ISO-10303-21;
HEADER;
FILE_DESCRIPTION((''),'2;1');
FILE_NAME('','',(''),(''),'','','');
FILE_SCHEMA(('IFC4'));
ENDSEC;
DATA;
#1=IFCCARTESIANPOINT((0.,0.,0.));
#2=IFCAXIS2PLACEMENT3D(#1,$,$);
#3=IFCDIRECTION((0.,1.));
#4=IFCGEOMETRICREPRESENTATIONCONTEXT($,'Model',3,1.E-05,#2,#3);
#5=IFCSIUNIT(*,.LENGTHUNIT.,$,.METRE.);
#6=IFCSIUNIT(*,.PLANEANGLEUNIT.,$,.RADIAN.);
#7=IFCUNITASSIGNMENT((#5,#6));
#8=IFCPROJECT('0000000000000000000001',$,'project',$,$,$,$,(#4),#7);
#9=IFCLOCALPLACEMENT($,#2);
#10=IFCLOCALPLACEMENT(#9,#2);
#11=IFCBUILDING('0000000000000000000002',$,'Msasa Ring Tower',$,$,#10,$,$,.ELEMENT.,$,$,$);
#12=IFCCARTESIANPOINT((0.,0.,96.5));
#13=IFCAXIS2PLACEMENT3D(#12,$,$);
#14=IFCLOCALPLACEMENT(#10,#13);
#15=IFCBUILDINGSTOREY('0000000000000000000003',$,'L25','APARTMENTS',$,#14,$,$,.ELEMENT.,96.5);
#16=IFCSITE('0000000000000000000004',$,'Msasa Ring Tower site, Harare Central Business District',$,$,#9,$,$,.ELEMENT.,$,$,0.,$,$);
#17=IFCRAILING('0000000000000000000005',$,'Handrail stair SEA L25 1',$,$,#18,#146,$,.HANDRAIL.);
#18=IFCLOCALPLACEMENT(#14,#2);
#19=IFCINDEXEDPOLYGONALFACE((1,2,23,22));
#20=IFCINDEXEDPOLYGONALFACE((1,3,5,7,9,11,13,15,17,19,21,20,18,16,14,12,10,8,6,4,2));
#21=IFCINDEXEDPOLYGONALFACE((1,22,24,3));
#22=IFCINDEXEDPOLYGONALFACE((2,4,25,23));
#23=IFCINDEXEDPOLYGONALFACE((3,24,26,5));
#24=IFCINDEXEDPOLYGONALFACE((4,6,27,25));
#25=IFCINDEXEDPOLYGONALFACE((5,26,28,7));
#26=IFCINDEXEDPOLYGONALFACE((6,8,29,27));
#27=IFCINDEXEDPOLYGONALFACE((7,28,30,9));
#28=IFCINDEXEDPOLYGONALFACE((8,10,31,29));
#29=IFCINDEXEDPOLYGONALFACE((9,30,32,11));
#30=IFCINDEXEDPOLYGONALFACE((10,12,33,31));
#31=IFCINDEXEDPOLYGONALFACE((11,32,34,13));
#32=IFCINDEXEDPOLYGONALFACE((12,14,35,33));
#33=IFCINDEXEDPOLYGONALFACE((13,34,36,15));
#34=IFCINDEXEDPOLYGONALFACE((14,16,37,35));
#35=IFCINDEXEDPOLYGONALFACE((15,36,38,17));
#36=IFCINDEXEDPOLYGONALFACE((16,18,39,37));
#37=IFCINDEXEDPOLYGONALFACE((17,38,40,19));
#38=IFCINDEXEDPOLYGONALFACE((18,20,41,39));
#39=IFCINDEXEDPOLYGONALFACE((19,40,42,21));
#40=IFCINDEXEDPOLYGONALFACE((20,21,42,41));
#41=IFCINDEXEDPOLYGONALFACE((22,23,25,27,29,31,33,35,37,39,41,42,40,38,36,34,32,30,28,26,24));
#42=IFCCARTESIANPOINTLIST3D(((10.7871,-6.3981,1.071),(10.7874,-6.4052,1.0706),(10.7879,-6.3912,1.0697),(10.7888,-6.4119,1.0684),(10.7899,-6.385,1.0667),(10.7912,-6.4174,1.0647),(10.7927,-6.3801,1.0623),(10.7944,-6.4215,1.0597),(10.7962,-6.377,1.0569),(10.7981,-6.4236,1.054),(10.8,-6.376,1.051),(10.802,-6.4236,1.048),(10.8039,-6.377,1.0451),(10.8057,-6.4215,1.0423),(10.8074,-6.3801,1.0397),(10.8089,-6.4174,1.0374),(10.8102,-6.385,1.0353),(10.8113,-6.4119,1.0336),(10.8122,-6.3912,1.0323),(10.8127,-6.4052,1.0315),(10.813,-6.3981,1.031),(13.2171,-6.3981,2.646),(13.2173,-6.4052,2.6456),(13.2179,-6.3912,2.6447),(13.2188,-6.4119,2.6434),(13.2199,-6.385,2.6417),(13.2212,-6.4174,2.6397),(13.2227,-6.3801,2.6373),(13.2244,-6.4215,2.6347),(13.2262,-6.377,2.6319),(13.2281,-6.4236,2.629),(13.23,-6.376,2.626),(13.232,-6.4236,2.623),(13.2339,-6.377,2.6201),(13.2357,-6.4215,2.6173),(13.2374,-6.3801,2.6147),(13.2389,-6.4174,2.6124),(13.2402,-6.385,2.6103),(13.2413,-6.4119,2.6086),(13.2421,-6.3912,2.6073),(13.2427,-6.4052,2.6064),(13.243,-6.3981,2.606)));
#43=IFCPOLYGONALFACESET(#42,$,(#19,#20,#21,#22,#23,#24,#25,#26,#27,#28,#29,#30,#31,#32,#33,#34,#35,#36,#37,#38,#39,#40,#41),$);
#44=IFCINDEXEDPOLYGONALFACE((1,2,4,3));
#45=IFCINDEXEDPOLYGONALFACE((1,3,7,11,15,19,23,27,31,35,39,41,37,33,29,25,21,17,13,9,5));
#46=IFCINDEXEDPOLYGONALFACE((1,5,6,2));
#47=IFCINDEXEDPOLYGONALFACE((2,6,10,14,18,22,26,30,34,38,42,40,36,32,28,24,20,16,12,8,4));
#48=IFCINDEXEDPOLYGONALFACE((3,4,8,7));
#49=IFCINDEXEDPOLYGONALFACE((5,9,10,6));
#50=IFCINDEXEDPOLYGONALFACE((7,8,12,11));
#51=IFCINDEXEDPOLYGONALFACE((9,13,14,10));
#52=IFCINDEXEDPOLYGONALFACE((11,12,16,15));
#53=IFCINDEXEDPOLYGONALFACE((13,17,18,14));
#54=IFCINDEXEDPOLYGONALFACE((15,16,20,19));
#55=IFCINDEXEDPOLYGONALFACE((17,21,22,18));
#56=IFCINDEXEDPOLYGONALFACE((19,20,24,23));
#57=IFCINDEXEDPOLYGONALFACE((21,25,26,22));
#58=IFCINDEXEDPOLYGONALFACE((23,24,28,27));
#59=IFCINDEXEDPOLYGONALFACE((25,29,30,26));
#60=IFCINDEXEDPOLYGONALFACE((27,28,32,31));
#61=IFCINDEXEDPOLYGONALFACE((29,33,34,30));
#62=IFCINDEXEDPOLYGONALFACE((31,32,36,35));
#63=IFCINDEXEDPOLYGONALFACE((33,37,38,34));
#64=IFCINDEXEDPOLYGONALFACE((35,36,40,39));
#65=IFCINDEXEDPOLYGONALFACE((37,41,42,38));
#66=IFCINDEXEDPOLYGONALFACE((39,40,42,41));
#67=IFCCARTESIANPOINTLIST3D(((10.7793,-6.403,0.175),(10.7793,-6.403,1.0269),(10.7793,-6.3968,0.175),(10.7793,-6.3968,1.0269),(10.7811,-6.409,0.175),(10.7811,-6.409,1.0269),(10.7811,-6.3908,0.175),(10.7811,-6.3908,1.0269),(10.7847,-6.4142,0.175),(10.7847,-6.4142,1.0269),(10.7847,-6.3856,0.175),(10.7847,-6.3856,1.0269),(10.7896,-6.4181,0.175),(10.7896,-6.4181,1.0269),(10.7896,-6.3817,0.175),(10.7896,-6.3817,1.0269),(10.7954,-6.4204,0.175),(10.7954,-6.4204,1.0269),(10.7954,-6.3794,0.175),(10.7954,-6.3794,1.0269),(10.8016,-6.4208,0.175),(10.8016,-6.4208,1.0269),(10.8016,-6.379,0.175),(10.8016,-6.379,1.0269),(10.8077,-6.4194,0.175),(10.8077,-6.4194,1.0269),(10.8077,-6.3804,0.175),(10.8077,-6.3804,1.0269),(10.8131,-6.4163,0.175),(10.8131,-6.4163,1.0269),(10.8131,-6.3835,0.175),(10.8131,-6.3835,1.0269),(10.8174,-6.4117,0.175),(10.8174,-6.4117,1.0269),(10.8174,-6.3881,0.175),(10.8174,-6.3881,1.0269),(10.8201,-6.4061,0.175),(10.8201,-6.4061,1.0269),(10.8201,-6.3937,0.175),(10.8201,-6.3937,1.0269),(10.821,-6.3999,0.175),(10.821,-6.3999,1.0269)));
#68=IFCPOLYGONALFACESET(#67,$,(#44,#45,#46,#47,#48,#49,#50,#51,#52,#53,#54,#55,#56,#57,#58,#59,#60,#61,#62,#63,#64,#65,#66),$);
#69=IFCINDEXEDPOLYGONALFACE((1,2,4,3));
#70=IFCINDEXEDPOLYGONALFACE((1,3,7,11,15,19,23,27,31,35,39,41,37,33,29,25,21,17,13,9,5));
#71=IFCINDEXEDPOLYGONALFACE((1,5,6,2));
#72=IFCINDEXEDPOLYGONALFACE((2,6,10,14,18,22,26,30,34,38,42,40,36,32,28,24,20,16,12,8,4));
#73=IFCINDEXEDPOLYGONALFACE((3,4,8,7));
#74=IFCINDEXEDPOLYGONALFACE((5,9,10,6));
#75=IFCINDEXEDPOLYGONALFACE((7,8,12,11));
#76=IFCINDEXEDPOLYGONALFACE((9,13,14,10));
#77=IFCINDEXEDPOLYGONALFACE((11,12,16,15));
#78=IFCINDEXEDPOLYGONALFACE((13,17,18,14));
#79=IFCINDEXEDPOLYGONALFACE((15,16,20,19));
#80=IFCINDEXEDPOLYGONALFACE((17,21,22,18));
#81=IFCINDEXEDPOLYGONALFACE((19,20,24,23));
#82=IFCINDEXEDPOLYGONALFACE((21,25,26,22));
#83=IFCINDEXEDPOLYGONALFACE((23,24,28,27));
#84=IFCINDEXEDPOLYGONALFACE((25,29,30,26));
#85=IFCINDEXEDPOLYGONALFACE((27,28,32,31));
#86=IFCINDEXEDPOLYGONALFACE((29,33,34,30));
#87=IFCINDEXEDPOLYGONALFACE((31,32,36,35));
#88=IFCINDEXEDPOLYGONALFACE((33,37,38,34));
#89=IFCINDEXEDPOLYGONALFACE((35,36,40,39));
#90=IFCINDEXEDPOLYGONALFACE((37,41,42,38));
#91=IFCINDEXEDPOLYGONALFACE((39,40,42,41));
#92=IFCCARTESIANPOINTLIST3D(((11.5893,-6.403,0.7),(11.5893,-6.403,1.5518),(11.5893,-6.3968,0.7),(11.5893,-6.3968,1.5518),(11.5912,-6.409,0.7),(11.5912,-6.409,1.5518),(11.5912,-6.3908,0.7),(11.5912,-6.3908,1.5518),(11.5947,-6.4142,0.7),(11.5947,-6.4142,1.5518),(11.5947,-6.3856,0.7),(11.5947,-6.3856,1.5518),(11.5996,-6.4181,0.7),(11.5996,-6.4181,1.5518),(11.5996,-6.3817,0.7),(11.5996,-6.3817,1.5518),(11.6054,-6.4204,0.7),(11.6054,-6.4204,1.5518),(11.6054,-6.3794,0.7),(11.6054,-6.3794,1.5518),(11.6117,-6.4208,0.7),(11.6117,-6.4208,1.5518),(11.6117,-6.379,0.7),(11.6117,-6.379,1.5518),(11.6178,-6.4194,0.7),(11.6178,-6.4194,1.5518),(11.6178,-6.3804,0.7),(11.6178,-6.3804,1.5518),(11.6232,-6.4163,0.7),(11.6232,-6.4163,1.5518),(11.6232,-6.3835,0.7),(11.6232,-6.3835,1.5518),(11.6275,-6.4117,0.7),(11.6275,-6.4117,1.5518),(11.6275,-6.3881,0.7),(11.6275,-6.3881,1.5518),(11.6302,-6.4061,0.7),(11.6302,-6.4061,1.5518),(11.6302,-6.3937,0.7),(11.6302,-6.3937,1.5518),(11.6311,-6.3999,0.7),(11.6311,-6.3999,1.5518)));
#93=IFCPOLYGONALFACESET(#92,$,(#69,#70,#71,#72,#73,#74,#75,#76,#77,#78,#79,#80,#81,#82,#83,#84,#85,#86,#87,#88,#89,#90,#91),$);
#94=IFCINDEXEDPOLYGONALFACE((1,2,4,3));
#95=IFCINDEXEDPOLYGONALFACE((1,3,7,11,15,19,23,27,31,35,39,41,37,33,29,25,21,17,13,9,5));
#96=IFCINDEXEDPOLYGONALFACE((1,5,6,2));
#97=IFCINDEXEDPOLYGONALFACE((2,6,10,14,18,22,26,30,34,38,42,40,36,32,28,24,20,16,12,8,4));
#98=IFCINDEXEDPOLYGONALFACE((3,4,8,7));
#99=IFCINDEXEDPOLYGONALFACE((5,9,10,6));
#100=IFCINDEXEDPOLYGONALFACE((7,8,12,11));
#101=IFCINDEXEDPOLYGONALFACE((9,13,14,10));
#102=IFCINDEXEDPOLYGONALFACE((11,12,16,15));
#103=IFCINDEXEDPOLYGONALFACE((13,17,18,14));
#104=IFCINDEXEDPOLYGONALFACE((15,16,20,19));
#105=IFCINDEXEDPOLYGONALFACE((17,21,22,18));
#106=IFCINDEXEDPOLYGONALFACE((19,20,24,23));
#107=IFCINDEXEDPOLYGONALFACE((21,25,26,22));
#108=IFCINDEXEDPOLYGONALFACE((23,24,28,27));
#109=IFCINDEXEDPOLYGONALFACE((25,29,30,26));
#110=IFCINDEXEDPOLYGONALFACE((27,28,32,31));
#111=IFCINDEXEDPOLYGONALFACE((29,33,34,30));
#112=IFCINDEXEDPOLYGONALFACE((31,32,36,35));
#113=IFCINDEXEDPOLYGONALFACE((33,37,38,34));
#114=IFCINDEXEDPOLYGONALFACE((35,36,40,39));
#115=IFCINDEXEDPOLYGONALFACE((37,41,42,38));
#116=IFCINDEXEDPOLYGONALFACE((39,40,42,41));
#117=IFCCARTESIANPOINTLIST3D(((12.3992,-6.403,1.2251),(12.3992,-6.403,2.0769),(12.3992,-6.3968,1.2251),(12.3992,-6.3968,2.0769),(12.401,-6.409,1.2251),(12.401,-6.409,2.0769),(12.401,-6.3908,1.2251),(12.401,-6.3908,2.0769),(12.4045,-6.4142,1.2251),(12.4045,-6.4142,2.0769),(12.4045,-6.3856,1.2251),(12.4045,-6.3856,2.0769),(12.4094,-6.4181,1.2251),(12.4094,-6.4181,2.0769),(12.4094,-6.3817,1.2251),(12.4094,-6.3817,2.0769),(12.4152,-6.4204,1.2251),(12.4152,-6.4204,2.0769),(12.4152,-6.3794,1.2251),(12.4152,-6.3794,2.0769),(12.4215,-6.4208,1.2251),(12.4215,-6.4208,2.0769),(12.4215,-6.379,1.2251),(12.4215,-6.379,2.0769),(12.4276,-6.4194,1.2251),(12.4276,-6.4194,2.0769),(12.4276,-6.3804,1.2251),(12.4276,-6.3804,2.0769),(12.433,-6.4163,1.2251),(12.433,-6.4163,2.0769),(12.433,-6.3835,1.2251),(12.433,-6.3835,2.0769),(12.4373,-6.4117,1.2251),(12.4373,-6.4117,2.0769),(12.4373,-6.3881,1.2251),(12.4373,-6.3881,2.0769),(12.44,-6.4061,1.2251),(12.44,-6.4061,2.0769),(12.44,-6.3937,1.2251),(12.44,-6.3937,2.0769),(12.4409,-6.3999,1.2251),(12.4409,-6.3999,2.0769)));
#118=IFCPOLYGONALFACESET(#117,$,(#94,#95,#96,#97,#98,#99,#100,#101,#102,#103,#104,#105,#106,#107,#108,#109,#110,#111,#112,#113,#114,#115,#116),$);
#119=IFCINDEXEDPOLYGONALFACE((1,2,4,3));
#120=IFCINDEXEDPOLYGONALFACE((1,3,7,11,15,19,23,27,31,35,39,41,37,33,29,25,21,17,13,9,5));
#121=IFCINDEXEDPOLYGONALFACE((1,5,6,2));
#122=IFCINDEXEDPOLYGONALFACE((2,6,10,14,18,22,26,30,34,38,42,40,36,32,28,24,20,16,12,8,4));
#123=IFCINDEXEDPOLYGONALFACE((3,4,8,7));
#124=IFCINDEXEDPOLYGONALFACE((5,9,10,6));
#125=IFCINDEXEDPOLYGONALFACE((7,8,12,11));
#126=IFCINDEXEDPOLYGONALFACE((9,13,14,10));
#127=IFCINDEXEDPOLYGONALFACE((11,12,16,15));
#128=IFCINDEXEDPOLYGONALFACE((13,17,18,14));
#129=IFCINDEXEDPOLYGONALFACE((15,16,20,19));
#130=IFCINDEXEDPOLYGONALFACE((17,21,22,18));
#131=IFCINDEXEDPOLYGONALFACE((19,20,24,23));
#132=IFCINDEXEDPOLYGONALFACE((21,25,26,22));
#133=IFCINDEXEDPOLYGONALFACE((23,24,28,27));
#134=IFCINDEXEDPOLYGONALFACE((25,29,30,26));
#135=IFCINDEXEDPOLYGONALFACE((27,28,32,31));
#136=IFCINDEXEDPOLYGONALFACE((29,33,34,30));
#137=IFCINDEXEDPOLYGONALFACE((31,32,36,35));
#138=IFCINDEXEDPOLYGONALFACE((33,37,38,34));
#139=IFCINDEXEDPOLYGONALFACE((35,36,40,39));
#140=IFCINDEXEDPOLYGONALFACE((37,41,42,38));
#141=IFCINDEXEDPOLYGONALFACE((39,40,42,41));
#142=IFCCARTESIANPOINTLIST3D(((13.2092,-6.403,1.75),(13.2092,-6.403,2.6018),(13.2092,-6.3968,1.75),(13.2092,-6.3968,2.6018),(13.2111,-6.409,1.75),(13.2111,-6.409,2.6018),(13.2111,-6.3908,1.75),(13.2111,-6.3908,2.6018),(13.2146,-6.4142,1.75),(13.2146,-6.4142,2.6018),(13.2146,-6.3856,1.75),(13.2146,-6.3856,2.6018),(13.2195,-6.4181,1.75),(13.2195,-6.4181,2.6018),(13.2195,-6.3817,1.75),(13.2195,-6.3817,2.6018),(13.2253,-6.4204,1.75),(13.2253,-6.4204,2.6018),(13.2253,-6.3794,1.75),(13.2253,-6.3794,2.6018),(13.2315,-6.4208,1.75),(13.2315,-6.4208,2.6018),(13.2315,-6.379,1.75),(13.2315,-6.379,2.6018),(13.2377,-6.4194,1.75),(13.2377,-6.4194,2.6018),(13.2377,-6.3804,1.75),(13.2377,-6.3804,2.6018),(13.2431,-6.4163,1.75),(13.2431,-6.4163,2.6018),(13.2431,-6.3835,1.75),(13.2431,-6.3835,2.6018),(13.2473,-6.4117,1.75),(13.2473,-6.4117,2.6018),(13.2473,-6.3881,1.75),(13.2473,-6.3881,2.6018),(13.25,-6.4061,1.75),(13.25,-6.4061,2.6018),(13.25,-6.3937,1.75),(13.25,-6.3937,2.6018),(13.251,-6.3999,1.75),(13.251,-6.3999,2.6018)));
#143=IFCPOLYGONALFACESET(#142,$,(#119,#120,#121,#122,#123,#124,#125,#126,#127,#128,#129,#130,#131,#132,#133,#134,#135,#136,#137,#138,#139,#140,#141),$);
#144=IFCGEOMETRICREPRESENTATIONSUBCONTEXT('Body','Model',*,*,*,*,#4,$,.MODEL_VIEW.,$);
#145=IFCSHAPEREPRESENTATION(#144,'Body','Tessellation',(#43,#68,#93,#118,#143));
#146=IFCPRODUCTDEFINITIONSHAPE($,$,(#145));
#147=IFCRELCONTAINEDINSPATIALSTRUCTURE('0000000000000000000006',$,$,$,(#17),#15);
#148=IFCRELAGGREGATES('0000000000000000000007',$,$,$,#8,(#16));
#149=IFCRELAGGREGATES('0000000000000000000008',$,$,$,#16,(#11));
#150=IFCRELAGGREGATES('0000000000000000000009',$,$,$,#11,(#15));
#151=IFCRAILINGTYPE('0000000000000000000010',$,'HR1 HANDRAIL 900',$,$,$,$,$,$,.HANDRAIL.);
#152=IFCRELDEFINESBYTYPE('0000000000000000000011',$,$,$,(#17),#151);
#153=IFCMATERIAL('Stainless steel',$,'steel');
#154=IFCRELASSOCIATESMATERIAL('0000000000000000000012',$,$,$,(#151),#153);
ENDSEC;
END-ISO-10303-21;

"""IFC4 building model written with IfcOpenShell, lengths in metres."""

from ifc_helpers import new_model, si_unit, direction, frame, origin, origin_2d, place, context, subcontext, project, spatial, circle, extrude, material, type_object, element, save


model = new_model("IFC4")

# Units and contexts
model_context = context("Model", 3, precision=1e-05, world=origin(), true_north=direction((0.0, 1.0)))
body_context = subcontext(model_context, "Body", "Model", "MODEL_VIEW")
ifc_project = project(units=[si_unit("LENGTHUNIT", "METRE"), si_unit("PLANEANGLEUNIT", "RADIAN")], contexts=[model_context])

# Site, building, storey
site_placement = place(None, origin())
site = spatial("IfcSite", under=ifc_project, at=site_placement, Name="Msasa Ring Tower site, Harare Central Business District", CompositionType="ELEMENT", RefElevation=0.0)
building_placement = place(site_placement, origin())
building = spatial("IfcBuilding", under=site, at=building_placement, Name="Msasa Ring Tower", CompositionType="ELEMENT")
storey_placement = place(building_placement, frame((0.0, 0.0, 96.5)))
storey = spatial("IfcBuildingStorey", under=building, at=storey_placement, Name="L25", Description="APARTMENTS", CompositionType="ELEMENT", Elevation=96.5)

# Railing
ifc_material_1 = material(Name="Stainless steel", Category="steel")
railing_type = type_object("IfcRailingType", Name="HR1 HANDRAIL 900", PredefinedType="HANDRAIL", material=ifc_material_1)
for number, where, name in (
    (1, (10.8, -6.3999, 0.175), "Handrail stair SEA L25 1"),
):
    element("IfcRailing", number, at=place(storey_placement, frame(where)), inside=storey, type_object=railing_type, Name=name, PredefinedType="HANDRAIL", context=body_context, shape_type="SweptSolid", body=[
        extrude(circle(Radius=0.0239, at=origin_2d()), frame((0.0, 0.0, 0.876), z_axis=(0.839154, 0.0, 0.543894), x_axis=(0.0, 1.0, 0.0)), (0.0, 0.0, 1.0), 2.8958),
        extrude(circle(Radius=0.021, at=origin_2d()), origin(), (0.0, 0.0, 1.0), 0.8518),
        extrude(circle(Radius=0.021, at=origin_2d()), frame((0.8101, 0.0, 0.5249)), (0.0, 0.0, 1.0), 0.8518),
        extrude(circle(Radius=0.021, at=origin_2d()), frame((1.6199, 0.0, 1.05)), (0.0, 0.0, 1.0), 0.8518),
        extrude(circle(Radius=0.021, at=origin_2d()), frame((2.4299, 0.0, 1.575)), (0.0, 0.0, 1.0), 0.8518),
    ])

save(model, "model.ifc")
